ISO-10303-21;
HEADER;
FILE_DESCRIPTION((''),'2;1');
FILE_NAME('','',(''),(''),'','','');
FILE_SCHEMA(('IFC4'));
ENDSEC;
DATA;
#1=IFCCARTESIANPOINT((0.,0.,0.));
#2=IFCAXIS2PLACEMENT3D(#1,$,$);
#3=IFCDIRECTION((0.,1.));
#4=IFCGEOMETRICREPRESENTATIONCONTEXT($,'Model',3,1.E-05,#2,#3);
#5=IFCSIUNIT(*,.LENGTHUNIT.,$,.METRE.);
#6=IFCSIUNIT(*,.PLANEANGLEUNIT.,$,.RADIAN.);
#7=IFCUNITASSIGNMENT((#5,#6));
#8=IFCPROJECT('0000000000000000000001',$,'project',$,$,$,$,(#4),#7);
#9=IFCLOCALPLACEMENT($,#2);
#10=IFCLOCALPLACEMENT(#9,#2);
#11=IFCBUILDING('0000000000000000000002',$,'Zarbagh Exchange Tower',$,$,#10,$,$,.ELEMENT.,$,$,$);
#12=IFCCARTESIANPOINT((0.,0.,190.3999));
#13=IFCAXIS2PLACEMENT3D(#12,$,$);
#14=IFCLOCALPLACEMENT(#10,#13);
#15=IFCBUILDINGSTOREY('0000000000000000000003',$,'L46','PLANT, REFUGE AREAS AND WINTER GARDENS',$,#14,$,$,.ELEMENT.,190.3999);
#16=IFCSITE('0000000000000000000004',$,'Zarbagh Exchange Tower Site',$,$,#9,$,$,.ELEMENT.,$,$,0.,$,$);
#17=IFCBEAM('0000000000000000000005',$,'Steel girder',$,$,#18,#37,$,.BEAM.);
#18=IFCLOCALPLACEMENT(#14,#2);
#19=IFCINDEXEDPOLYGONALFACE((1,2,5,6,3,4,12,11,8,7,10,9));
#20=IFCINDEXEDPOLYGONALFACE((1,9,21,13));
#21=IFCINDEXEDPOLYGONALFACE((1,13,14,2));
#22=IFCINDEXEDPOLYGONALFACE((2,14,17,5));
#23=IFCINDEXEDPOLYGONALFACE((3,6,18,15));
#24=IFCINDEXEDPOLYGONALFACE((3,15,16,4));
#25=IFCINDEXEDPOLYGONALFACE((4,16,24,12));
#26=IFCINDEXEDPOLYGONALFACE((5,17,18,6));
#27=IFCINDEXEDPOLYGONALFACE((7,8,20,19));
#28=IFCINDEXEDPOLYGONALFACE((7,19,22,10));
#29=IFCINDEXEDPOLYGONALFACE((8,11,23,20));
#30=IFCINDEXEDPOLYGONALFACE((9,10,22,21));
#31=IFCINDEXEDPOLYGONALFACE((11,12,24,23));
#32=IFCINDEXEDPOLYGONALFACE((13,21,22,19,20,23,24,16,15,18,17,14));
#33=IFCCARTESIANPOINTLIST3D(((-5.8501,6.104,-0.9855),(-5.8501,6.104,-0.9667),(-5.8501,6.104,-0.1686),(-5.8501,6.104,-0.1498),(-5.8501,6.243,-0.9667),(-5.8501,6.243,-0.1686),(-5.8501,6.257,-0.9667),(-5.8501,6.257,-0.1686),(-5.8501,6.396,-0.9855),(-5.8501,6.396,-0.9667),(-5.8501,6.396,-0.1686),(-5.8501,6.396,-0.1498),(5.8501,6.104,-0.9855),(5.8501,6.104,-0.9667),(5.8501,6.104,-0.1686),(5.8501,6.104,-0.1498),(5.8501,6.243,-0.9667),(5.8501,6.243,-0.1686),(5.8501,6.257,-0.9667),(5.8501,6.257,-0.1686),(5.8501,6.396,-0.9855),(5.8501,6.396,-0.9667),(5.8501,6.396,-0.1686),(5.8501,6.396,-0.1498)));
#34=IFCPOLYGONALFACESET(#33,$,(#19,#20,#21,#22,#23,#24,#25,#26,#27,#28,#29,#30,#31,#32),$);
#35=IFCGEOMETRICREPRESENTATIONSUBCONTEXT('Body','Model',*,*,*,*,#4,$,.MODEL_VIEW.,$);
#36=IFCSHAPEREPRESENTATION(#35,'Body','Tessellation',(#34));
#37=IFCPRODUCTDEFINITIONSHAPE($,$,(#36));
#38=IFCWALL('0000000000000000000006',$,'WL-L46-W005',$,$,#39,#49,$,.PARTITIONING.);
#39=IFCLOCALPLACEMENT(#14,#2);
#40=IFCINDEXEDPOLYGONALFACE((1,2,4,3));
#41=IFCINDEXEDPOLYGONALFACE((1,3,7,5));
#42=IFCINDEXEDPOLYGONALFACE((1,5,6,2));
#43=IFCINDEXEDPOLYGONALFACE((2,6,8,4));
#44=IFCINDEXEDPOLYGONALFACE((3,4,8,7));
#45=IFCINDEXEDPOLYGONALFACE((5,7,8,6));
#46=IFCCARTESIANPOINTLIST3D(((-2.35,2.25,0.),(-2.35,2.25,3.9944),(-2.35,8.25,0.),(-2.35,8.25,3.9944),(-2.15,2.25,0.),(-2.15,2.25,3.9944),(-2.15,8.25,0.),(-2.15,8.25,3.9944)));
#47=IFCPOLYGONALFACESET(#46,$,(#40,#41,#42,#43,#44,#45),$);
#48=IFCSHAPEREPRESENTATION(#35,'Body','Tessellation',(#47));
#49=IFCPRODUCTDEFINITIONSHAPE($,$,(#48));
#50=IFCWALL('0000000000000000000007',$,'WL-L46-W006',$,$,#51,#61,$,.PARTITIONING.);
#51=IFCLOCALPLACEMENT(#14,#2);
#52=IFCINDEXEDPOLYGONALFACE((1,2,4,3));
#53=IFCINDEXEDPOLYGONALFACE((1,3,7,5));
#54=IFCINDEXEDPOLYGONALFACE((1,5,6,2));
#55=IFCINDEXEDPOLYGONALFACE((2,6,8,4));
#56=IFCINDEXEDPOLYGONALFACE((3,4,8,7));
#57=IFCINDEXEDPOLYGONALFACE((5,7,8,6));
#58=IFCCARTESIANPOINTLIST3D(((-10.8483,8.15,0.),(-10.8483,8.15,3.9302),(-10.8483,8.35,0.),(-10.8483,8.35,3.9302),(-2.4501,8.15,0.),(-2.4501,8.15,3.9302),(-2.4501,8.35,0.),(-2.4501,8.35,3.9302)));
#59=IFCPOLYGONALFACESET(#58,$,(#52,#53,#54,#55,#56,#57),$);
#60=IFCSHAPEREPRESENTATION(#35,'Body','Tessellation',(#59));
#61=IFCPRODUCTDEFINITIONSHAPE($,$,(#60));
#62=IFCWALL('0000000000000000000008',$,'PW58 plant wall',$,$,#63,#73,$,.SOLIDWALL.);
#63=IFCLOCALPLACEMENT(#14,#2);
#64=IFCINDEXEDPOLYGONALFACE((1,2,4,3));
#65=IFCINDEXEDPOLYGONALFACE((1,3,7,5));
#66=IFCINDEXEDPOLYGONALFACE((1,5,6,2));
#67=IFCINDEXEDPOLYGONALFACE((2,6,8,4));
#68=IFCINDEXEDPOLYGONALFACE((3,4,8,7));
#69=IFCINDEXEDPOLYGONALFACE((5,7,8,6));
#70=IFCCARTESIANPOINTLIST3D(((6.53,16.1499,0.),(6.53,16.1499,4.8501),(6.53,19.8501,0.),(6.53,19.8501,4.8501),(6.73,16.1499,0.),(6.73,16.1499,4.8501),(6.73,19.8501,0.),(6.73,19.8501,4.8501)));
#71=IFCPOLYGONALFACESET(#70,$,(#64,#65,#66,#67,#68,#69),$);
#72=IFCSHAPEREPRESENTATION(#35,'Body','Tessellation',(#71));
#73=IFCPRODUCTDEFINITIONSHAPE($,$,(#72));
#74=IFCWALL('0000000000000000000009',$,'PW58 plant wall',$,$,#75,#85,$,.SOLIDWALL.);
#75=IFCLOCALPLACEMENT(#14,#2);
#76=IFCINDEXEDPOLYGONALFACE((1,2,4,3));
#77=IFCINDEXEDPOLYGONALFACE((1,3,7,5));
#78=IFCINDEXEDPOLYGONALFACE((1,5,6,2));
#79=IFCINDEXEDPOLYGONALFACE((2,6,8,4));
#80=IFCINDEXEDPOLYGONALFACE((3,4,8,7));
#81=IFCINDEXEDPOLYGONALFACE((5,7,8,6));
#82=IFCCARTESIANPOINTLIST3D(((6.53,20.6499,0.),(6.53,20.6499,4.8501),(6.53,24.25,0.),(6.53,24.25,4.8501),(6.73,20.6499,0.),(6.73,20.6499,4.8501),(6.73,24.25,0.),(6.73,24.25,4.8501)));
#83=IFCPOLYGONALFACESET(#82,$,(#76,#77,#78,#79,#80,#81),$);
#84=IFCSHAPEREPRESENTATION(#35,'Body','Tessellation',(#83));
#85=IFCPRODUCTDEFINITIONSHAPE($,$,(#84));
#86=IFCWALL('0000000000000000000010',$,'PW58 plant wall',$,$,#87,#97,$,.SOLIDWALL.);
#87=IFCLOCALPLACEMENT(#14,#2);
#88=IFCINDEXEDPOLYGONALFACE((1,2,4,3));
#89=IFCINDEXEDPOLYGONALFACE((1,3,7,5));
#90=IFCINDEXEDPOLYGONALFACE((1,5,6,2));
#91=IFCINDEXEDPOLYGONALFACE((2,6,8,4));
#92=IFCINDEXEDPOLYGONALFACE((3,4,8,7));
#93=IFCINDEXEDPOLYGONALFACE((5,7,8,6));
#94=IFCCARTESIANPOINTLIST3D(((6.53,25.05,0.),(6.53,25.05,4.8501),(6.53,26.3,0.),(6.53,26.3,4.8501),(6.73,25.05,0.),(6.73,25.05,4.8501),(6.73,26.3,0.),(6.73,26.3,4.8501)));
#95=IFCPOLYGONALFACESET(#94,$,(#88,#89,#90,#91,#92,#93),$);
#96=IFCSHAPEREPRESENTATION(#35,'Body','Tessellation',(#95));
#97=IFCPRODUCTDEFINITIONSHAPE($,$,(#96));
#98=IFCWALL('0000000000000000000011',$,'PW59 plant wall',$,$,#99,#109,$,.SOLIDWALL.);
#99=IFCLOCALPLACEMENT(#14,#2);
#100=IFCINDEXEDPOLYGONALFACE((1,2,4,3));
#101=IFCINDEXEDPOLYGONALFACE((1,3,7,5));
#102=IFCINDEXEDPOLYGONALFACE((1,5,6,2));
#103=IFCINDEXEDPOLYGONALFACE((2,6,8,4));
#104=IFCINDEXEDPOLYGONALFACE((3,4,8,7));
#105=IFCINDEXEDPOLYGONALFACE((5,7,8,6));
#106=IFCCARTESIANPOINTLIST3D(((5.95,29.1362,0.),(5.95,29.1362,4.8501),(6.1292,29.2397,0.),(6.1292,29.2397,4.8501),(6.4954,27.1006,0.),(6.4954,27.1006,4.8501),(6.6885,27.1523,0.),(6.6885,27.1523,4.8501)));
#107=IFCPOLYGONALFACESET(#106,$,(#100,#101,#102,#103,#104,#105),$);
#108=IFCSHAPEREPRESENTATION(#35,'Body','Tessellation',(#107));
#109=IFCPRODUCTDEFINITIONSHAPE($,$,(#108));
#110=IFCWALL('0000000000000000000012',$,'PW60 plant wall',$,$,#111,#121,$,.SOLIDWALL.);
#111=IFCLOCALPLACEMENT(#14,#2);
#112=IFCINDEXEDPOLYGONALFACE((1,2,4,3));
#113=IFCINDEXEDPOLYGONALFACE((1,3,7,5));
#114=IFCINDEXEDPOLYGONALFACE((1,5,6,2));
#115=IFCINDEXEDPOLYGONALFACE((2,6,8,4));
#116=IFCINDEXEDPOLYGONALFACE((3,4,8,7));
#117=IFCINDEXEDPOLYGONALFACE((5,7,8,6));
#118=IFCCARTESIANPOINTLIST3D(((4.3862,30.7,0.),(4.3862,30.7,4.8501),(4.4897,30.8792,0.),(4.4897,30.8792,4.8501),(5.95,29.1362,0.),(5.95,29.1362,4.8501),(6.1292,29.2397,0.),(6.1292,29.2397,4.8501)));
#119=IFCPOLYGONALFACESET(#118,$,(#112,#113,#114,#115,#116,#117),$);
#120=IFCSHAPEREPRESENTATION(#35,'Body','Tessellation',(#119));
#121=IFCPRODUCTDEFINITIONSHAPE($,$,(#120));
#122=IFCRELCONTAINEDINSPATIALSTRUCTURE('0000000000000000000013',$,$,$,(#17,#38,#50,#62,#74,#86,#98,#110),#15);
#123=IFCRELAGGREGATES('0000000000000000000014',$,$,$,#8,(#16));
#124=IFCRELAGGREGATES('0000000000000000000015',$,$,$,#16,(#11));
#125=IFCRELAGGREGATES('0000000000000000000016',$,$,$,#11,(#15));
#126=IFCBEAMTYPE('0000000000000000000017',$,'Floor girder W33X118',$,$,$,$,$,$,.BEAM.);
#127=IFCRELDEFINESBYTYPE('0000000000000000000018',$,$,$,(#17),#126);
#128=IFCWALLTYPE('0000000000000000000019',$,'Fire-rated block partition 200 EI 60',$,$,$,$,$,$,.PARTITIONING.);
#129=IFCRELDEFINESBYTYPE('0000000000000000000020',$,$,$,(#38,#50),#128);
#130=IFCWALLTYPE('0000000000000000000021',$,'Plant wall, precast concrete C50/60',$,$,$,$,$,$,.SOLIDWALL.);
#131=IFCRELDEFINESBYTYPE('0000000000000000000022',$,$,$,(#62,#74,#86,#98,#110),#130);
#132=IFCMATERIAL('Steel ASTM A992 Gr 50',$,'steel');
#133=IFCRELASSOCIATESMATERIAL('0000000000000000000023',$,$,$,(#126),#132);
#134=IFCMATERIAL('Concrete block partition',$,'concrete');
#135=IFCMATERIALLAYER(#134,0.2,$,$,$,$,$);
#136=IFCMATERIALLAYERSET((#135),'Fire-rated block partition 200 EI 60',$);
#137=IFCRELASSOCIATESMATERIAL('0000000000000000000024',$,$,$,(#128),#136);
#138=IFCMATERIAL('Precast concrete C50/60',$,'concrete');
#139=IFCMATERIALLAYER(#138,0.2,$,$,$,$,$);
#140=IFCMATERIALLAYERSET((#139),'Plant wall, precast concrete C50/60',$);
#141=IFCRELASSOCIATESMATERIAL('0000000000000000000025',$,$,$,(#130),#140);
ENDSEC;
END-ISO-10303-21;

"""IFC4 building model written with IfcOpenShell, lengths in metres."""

from ifc_helpers import new_model, si_unit, direction, frame, frame_2d, origin, origin_2d, place, context, subcontext, project, spatial, polyline, rectangle, i_section, outline, extrude, material, layer, layer_set, material_profile, profile_set, type_object, element, save


model = new_model("IFC4")

# Units and contexts
model_context = context("Model", 3, precision=1e-05, world=origin(), true_north=direction((0.0, 1.0)))
body_context = subcontext(model_context, "Body", "Model", "MODEL_VIEW")
ifc_project = project(units=[si_unit("LENGTHUNIT", "METRE"), si_unit("PLANEANGLEUNIT", "RADIAN")], contexts=[model_context])

# Site, building, storey
site_placement = place(None, origin())
site = spatial("IfcSite", under=ifc_project, at=site_placement, Name="Zarbagh Exchange Tower Site", CompositionType="ELEMENT", RefElevation=0.0)
building_placement = place(site_placement, origin())
building = spatial("IfcBuilding", under=site, at=building_placement, Name="Zarbagh Exchange Tower", CompositionType="ELEMENT")
storey_placement = place(building_placement, frame((0.0, 0.0, 190.3999)))
storey = spatial("IfcBuildingStorey", under=building, at=storey_placement, Name="L46", Description="PLANT, REFUGE AREAS AND WINTER GARDENS", CompositionType="ELEMENT", Elevation=190.3999)

# Beam
ifc_material_1 = material(Name="Steel ASTM A992 Gr 50", Category="steel")
ifc_material_profile = material_profile(ifc_material_1, i_section(OverallWidth=0.292, OverallDepth=0.8357, WebThickness=0.0139, FlangeThickness=0.0188, at=origin_2d()), Name="W33X118")
ifc_profile_set = profile_set([ifc_material_profile], Name="Steel ASTM A992 Gr 50")
beam_type = type_object("IfcBeamType", Name="Floor girder W33X118", PredefinedType="BEAM", material=ifc_profile_set)
beam_placement = place(storey_placement, frame((-5.8501, 6.25, -0.5676), z_axis=(1.0, 0.0, 0.0), x_axis=(0.0, 1.0, 0.0)))
element("IfcBeam", 1, at=beam_placement, inside=storey, type_object=beam_type, Name="Steel girder", PredefinedType="BEAM", context=body_context, shape_type="SweptSolid", body=[
    extrude(i_section(OverallWidth=0.292, OverallDepth=0.8357, WebThickness=0.0139, FlangeThickness=0.0188, at=origin_2d()), origin(), (0.0, 0.0, 1.0), 11.7002),
])

# Walls
ifc_material_2 = material(Name="Concrete block partition", Category="concrete")
ifc_layer_1 = layer(ifc_material_2, 0.2)
ifc_layer_set_1 = layer_set([ifc_layer_1], Name="Fire-rated block partition 200 EI 60")
wall_type_1 = type_object("IfcWallType", Name="Fire-rated block partition 200 EI 60", PredefinedType="PARTITIONING", material=ifc_layer_set_1)
wall_1_placement = place(storey_placement, frame((-2.25, 2.25, 0.0), z_axis=(0.0, 0.0, 1.0), x_axis=(0.0, 1.0, 0.0)))
element("IfcWall", 2, at=wall_1_placement, inside=storey, type_object=wall_type_1, Name="WL-L46-W005", PredefinedType="PARTITIONING", context=body_context, shape_type="SweptSolid", body=[
    extrude(rectangle(XDim=6.0, YDim=0.2, at=frame_2d((3.0, 0.0))), origin(), (0.0, 0.0, 1.0), 3.9944),
])
wall_2_placement = place(storey_placement, frame((-2.45, 8.25, 0.0), z_axis=(0.0, 0.0, 1.0), x_axis=(-1.0, 0.0, 0.0)))
element("IfcWall", 3, at=wall_2_placement, inside=storey, type_object=wall_type_1, Name="WL-L46-W006", PredefinedType="PARTITIONING", context=body_context, shape_type="SweptSolid", body=[
    extrude(rectangle(XDim=8.3982, YDim=0.2, at=frame_2d((4.1992, 0.0))), origin(), (0.0, 0.0, 1.0), 3.9302),
])
ifc_material_3 = material(Name="Precast concrete C50/60", Category="concrete")
ifc_layer_2 = layer(ifc_material_3, 0.2)
ifc_layer_set_2 = layer_set([ifc_layer_2], Name="Plant wall, precast concrete C50/60")
wall_type_2 = type_object("IfcWallType", Name="Plant wall, precast concrete C50/60", PredefinedType="SOLIDWALL", material=ifc_layer_set_2)
wall_3_placement = place(storey_placement, origin())
element("IfcWall", 4, at=wall_3_placement, inside=storey, type_object=wall_type_2, Name="PW58 plant wall", PredefinedType="SOLIDWALL", context=body_context, shape_type="SweptSolid", body=[
    extrude(outline(polyline([(6.73, 16.1499), (6.73, 19.8501), (6.53, 19.8501), (6.53, 16.1499), (6.73, 16.1499)])), origin(), (0.0, 0.0, 1.0), 4.8501),
])
wall_4_placement = place(storey_placement, origin())
element("IfcWall", 5, at=wall_4_placement, inside=storey, type_object=wall_type_2, Name="PW58 plant wall", PredefinedType="SOLIDWALL", context=body_context, shape_type="SweptSolid", body=[
    extrude(outline(polyline([(6.73, 20.6499), (6.73, 24.25), (6.53, 24.25), (6.53, 20.6499), (6.73, 20.6499)])), origin(), (0.0, 0.0, 1.0), 4.8501),
])
wall_5_placement = place(storey_placement, origin())
element("IfcWall", 6, at=wall_5_placement, inside=storey, type_object=wall_type_2, Name="PW58 plant wall", PredefinedType="SOLIDWALL", context=body_context, shape_type="SweptSolid", body=[
    extrude(outline(polyline([(6.73, 25.05), (6.73, 26.3), (6.53, 26.3), (6.53, 25.05), (6.73, 25.05)])), origin(), (0.0, 0.0, 1.0), 4.8501),
])
wall_6_placement = place(storey_placement, origin())
element("IfcWall", 7, at=wall_6_placement, inside=storey, type_object=wall_type_2, Name="PW59 plant wall", PredefinedType="SOLIDWALL", context=body_context, shape_type="SweptSolid", body=[
    extrude(outline(polyline([(6.6885, 27.1523), (6.1292, 29.2397), (5.95, 29.1362), (6.4954, 27.1006), (6.6885, 27.1523)])), origin(), (0.0, 0.0, 1.0), 4.8501),
])
wall_7_placement = place(storey_placement, origin())
element("IfcWall", 8, at=wall_7_placement, inside=storey, type_object=wall_type_2, Name="PW60 plant wall", PredefinedType="SOLIDWALL", context=body_context, shape_type="SweptSolid", body=[
    extrude(outline(polyline([(6.1292, 29.2397), (4.4897, 30.8792), (4.3862, 30.7), (5.95, 29.1362), (6.1292, 29.2397)])), origin(), (0.0, 0.0, 1.0), 4.8501),
])

save(model, "model.ifc")
